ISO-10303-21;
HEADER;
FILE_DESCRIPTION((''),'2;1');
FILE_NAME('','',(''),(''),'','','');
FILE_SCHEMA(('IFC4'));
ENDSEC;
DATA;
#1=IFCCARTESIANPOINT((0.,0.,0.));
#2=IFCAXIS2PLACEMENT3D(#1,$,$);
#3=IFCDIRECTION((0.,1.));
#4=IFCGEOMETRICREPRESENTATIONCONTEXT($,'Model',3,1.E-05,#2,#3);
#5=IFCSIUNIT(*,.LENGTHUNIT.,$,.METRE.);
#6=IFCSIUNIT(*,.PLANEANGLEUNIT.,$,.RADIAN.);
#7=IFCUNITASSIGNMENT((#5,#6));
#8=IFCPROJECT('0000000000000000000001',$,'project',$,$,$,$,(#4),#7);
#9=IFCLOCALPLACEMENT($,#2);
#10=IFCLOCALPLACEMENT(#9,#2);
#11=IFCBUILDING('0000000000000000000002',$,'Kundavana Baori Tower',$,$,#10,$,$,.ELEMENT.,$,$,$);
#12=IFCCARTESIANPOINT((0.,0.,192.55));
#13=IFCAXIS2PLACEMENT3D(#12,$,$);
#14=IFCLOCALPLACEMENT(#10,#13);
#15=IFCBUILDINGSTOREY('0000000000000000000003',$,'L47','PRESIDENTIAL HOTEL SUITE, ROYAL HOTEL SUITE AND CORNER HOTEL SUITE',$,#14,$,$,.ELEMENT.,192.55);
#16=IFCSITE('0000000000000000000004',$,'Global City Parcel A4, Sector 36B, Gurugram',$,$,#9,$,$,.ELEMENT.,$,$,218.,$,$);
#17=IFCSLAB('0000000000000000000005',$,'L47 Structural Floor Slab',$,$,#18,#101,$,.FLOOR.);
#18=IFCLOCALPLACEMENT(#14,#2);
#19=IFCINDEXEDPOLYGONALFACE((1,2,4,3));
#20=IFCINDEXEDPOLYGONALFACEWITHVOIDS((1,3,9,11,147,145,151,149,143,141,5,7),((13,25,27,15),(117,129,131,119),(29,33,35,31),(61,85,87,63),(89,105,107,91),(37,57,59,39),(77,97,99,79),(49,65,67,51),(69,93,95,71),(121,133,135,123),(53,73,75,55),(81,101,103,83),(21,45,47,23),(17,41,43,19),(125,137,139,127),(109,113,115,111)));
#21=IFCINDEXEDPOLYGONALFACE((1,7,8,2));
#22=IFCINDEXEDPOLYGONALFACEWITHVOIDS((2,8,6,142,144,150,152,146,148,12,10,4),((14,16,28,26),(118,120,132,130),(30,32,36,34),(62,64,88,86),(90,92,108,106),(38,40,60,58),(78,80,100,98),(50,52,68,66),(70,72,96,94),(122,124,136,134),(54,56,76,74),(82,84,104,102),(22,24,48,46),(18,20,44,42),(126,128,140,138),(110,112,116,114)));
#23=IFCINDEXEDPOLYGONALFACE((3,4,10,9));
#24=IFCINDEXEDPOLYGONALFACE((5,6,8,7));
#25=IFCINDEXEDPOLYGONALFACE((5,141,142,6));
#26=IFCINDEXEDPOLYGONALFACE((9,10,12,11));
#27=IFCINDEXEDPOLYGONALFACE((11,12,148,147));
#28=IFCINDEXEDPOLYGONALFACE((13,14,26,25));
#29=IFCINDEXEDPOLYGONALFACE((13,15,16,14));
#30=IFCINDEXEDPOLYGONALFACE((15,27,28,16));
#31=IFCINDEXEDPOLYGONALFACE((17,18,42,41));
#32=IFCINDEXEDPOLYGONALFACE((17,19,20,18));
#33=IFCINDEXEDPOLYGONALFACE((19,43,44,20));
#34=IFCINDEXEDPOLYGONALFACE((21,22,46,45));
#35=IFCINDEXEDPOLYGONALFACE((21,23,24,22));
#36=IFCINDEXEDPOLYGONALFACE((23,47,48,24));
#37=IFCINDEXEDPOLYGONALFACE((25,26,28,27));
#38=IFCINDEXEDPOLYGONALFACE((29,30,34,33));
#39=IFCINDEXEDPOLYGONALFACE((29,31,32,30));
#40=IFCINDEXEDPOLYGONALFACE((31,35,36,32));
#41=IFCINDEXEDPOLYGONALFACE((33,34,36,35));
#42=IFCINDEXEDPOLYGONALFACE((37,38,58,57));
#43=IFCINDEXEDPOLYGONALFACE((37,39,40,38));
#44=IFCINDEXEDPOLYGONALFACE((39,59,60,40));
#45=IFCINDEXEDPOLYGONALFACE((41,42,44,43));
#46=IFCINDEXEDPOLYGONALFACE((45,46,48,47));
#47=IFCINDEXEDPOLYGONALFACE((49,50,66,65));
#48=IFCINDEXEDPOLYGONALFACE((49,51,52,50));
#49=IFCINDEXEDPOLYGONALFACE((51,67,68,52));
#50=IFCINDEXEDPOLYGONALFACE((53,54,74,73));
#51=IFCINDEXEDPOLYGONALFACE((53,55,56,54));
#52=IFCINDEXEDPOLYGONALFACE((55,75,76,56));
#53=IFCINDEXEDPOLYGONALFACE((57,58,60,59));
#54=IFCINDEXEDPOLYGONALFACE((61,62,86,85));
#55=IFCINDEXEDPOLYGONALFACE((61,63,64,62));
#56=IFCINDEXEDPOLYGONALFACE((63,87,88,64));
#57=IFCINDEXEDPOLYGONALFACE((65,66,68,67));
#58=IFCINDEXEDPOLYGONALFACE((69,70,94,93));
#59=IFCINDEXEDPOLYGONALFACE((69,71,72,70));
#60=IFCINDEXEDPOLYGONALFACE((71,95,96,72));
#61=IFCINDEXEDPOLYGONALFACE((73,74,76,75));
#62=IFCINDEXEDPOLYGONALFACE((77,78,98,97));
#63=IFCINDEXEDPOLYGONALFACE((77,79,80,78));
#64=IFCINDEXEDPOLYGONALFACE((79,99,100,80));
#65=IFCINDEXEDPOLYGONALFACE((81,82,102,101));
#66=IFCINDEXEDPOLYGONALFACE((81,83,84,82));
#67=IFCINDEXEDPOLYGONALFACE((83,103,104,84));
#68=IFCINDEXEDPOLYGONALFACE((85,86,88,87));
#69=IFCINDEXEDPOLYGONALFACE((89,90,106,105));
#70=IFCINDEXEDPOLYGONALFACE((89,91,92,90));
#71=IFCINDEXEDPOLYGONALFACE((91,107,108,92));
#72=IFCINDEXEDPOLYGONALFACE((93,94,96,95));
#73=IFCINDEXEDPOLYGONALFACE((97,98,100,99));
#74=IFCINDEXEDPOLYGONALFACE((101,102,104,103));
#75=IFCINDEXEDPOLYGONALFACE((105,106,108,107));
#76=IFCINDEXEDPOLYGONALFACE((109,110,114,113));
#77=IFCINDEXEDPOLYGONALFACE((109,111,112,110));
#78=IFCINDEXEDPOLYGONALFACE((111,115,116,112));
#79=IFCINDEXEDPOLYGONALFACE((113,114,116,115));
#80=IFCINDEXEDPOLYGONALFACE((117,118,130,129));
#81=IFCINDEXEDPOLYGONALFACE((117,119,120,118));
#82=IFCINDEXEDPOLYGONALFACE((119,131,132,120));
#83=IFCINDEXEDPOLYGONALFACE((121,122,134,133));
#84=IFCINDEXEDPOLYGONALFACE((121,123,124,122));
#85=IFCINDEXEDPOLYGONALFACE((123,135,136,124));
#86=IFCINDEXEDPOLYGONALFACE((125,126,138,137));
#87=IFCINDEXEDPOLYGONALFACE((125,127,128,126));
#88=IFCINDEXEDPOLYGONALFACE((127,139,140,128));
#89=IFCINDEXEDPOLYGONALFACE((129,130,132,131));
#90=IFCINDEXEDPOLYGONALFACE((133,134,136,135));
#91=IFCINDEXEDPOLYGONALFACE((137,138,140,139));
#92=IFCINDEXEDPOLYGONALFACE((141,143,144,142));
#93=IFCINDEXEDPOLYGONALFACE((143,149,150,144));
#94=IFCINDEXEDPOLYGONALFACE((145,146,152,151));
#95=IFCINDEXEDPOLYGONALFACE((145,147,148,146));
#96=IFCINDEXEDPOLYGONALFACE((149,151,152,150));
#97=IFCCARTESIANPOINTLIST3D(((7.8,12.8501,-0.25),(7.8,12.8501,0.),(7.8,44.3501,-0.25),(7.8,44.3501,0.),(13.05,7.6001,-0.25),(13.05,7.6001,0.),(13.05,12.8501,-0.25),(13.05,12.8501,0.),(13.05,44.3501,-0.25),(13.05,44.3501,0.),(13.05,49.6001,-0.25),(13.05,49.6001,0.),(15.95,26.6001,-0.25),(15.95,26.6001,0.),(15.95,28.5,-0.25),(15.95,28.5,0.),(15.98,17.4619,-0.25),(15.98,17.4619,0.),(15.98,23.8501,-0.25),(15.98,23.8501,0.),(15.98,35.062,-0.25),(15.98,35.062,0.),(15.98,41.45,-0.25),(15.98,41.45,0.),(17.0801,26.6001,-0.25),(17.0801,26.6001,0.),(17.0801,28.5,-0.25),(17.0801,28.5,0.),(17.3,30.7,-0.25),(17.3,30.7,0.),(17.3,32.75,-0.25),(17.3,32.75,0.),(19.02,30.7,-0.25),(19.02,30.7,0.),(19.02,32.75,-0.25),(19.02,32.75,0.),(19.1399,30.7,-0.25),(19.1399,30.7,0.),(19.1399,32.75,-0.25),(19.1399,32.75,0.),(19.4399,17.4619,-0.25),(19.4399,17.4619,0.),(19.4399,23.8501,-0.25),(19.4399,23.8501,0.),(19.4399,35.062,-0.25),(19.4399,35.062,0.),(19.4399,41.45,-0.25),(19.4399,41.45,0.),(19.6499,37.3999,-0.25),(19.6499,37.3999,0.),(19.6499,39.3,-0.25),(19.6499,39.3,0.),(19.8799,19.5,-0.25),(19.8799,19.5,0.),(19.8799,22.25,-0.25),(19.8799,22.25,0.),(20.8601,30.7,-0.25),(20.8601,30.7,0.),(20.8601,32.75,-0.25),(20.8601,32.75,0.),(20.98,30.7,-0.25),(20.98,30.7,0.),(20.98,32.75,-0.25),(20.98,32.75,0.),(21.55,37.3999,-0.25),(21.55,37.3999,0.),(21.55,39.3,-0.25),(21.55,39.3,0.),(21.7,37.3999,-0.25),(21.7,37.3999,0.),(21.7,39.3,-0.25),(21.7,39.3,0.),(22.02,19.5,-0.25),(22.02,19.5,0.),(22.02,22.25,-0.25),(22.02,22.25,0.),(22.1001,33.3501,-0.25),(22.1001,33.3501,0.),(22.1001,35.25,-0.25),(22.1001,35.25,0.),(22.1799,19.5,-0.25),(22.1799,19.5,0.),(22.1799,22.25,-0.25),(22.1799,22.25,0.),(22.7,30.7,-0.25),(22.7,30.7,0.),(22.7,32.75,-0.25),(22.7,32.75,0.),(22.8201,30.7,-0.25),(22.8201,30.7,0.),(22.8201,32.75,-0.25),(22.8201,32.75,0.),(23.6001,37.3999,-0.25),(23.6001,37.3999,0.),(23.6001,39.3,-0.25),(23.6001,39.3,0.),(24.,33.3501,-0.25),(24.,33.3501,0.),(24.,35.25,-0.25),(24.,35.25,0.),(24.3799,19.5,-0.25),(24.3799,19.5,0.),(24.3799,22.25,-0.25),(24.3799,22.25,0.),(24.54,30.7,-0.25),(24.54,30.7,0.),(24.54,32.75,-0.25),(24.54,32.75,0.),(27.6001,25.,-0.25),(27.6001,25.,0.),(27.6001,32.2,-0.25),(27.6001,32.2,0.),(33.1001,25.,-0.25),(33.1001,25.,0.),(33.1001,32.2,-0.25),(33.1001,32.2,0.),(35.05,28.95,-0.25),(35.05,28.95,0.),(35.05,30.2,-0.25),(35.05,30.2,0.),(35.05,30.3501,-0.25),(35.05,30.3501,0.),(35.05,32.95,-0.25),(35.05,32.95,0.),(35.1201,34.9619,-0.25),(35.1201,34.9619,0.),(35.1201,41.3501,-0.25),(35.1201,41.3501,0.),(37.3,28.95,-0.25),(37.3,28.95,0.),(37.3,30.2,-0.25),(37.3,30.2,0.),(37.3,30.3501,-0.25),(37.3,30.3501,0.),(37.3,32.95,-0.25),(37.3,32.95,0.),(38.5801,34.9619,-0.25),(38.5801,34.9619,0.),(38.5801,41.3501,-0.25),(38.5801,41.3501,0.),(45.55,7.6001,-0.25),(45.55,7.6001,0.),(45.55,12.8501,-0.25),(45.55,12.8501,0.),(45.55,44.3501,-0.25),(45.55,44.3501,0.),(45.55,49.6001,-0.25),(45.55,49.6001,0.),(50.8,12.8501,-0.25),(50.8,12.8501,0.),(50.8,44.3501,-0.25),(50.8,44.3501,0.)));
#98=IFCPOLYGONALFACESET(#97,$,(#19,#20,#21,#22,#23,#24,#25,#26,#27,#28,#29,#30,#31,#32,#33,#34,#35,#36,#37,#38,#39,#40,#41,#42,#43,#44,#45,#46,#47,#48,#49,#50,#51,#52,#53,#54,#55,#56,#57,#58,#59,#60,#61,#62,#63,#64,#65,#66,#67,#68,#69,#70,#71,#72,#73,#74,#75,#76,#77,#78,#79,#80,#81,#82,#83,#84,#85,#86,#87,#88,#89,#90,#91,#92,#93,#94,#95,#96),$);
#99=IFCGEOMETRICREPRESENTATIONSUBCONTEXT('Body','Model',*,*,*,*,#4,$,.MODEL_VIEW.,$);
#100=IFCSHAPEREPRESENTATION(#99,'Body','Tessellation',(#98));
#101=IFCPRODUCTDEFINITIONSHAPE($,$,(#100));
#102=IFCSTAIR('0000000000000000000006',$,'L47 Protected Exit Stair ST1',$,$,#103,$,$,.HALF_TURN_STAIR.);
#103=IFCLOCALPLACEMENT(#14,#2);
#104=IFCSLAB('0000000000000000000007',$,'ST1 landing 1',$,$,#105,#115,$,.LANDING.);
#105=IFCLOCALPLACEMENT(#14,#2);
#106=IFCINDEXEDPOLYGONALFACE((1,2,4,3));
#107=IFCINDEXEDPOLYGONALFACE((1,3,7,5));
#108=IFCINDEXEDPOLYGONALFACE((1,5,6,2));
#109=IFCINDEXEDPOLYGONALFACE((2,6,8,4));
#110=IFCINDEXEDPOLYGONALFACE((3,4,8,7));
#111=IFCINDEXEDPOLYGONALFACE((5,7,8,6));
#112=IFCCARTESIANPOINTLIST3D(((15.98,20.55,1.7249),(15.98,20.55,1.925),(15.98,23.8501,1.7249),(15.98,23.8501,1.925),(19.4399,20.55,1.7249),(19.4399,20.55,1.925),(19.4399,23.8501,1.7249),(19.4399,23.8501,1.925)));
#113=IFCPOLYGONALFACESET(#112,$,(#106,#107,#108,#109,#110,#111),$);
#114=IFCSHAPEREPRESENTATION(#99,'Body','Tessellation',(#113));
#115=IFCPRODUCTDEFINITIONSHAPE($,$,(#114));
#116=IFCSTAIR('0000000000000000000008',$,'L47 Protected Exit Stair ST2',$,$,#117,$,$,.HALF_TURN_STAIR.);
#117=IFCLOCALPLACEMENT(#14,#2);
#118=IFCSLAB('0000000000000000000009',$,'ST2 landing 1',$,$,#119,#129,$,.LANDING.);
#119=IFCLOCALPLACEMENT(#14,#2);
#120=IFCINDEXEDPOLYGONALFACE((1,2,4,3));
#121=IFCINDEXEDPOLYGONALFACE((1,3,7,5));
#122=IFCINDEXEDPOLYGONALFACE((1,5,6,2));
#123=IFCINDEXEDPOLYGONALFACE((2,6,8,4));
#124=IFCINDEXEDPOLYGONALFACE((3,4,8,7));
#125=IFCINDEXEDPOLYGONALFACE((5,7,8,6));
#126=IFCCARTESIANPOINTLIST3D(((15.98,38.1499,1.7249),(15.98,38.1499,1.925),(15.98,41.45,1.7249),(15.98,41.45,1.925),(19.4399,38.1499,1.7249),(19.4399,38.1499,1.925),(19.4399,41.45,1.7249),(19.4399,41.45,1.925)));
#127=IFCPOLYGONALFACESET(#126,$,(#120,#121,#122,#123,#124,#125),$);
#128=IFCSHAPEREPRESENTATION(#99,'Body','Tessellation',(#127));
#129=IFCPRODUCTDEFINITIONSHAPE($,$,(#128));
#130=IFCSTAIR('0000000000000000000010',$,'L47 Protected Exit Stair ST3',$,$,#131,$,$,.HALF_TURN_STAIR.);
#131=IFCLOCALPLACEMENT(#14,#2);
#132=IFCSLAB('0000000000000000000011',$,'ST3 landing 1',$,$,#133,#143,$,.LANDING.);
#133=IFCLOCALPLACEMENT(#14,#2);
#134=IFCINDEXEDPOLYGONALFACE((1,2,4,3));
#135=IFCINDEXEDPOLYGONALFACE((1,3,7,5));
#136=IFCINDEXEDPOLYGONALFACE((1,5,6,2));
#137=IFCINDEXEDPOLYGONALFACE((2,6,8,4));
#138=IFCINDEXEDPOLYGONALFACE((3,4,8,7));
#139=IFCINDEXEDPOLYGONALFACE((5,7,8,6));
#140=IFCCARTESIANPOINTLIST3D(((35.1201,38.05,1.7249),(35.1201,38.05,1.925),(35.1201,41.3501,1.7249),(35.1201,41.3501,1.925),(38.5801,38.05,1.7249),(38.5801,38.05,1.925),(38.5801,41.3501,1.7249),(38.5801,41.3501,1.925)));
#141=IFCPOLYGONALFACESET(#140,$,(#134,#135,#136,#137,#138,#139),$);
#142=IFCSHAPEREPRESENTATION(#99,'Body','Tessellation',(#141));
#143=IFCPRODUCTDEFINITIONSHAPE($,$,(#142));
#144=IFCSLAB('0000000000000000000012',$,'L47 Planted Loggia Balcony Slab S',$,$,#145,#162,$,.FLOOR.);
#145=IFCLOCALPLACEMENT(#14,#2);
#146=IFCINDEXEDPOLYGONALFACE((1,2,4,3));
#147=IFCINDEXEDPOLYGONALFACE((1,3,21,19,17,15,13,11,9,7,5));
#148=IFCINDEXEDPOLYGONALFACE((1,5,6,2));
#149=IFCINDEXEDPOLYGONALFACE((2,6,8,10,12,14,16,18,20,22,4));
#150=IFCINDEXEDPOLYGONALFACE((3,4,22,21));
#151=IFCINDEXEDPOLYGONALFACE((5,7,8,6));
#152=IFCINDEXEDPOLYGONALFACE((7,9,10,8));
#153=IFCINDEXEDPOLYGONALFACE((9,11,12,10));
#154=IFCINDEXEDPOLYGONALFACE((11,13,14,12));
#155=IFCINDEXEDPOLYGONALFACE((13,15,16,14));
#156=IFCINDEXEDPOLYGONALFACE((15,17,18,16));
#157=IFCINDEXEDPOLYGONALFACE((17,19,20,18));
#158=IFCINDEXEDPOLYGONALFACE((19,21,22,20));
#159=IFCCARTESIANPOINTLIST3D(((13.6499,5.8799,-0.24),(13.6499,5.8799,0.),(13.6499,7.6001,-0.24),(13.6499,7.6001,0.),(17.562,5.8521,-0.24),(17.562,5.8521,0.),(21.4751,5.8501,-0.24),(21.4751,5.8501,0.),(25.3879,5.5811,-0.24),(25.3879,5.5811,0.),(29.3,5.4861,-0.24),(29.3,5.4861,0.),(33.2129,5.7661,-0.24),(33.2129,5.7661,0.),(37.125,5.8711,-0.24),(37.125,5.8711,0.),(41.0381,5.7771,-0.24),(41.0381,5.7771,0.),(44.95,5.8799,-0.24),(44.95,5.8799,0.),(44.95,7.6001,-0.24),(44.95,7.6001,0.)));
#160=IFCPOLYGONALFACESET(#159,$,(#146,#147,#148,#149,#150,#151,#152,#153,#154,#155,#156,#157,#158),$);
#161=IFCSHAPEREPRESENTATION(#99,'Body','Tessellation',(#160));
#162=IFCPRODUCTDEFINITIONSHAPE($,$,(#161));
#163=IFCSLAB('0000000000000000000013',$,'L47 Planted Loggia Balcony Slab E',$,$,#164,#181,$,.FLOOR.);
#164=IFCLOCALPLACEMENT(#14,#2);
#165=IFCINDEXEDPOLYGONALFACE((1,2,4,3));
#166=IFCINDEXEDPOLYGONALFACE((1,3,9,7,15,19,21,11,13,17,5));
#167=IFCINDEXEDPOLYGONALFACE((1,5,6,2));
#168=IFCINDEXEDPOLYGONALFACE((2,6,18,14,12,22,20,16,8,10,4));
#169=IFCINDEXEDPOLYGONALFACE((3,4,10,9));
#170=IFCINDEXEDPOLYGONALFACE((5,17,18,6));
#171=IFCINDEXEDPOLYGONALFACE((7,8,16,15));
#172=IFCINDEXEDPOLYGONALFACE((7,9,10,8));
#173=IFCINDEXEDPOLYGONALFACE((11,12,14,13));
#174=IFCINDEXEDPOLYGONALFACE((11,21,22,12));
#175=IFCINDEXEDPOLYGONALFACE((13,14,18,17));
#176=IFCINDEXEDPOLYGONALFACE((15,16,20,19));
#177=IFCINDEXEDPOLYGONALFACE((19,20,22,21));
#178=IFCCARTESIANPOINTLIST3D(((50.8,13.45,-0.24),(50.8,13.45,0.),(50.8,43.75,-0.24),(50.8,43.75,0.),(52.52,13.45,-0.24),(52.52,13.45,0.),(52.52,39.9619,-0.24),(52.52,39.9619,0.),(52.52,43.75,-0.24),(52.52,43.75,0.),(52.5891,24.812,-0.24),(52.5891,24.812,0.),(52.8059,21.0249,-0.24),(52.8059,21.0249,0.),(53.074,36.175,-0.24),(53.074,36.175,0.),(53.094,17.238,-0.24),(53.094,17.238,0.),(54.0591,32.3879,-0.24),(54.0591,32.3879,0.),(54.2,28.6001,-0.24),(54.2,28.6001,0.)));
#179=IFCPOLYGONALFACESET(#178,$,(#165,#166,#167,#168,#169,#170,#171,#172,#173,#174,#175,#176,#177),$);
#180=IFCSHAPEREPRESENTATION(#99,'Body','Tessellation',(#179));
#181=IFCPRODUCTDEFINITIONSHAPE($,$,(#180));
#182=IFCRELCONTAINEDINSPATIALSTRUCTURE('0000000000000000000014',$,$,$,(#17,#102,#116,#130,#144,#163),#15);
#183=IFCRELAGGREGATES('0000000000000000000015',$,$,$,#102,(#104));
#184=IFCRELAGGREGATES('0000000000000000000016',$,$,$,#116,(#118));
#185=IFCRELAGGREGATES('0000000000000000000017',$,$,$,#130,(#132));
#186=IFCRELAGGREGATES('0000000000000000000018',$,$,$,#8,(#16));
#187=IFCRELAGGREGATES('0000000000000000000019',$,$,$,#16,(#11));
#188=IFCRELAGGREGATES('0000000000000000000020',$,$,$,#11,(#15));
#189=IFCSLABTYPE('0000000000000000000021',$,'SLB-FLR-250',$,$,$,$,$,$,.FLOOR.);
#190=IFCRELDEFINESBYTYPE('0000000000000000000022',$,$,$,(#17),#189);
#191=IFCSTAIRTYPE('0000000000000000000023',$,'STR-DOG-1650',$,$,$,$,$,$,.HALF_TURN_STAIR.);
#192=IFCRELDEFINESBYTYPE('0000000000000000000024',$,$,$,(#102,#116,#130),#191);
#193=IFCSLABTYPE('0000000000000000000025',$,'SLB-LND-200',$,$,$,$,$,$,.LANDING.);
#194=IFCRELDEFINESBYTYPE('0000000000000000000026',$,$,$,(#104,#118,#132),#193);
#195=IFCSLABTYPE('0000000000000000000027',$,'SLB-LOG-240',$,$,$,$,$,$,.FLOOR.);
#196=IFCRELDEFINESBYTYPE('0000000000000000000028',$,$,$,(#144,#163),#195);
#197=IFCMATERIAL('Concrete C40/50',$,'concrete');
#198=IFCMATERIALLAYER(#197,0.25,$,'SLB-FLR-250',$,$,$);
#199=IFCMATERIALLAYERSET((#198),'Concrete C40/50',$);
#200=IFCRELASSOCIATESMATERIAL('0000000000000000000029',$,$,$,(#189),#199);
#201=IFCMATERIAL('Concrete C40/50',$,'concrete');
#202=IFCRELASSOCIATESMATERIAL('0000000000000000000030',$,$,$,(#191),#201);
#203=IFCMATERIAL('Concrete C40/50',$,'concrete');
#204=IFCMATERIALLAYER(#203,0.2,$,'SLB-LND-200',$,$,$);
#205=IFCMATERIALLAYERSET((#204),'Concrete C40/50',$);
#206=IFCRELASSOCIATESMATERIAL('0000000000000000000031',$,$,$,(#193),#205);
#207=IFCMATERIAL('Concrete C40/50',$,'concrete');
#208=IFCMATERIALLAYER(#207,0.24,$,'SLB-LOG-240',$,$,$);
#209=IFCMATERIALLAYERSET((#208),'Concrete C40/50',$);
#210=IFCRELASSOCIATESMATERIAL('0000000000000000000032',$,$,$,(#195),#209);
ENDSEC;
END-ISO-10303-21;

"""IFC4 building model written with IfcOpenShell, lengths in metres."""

from ifc_helpers import new_model, si_unit, direction, frame, origin, place, context, subcontext, project, spatial, polyline, outline, extrude, material, layer, layer_set, type_object, element, aggregate, save


model = new_model("IFC4")

# Units and contexts
model_context = context("Model", 3, precision=1e-05, world=origin(), true_north=direction((0.0, 1.0)))
body_context = subcontext(model_context, "Body", "Model", "MODEL_VIEW")
ifc_project = project(units=[si_unit("LENGTHUNIT", "METRE"), si_unit("PLANEANGLEUNIT", "RADIAN")], contexts=[model_context])

# Site, building, storey
site_placement = place(None, origin())
site = spatial("IfcSite", under=ifc_project, at=site_placement, Name="Global City Parcel A4, Sector 36B, Gurugram", CompositionType="ELEMENT", RefElevation=218.0)
building_placement = place(site_placement, origin())
building = spatial("IfcBuilding", under=site, at=building_placement, Name="Kundavana Baori Tower", CompositionType="ELEMENT")
storey_placement = place(building_placement, frame((0.0, 0.0, 192.55)))
storey = spatial("IfcBuildingStorey", under=building, at=storey_placement, Name="L47", Description="PRESIDENTIAL HOTEL SUITE, ROYAL HOTEL SUITE AND CORNER HOTEL SUITE", CompositionType="ELEMENT", Elevation=192.55)

# Slab
ifc_material_1 = material(Name="Concrete C40/50", Category="concrete")
ifc_layer_1 = layer(ifc_material_1, 0.25, Name="SLB-FLR-250")
ifc_layer_set_1 = layer_set([ifc_layer_1], Name="Concrete C40/50")
slab_type_1 = type_object("IfcSlabType", Name="SLB-FLR-250", PredefinedType="FLOOR", material=ifc_layer_set_1)
slab_1_placement = place(storey_placement, frame((0.0, 0.0, -0.25)))
element("IfcSlab", 1, at=slab_1_placement, inside=storey, type_object=slab_type_1, Name="L47 Structural Floor Slab", PredefinedType="FLOOR", context=body_context, shape_type="SweptSolid", body=[
    extrude(outline(polyline([(13.05, 7.6001), (45.55, 7.6001), (45.55, 12.8501), (50.8, 12.8501), (50.8, 44.3501), (45.55, 44.3501), (45.55, 49.6001), (13.05, 49.6001), (13.05, 44.3501), (7.8, 44.3501), (7.8, 12.8501), (13.05, 12.8501), (13.05, 7.6001)]), holes=[polyline([(19.4399, 17.4619), (19.4399, 23.8501), (15.98, 23.8501), (15.98, 17.4619), (19.4399, 17.4619)]), polyline([(19.4399, 35.062), (19.4399, 41.45), (15.98, 41.45), (15.98, 35.062), (19.4399, 35.062)]), polyline([(38.5801, 34.9619), (38.5801, 41.3501), (35.1201, 41.3501), (35.1201, 34.9619), (38.5801, 34.9619)]), polyline([(17.3, 30.7), (19.02, 30.7), (19.02, 32.75), (17.3, 32.75), (17.3, 30.7)]), polyline([(19.1399, 30.7), (20.8601, 30.7), (20.8601, 32.75), (19.1399, 32.75), (19.1399, 30.7)]), polyline([(20.98, 30.7), (22.7, 30.7), (22.7, 32.75), (20.98, 32.75), (20.98, 30.7)]), polyline([(22.8201, 30.7), (24.54, 30.7), (24.54, 32.75), (22.8201, 32.75), (22.8201, 30.7)]), polyline([(19.6499, 37.3999), (21.55, 37.3999), (21.55, 39.3), (19.6499, 39.3), (19.6499, 37.3999)]), polyline([(21.7, 37.3999), (23.6001, 37.3999), (23.6001, 39.3), (21.7, 39.3), (21.7, 37.3999)]), polyline([(22.1001, 33.3501), (24.0, 33.3501), (24.0, 35.25), (22.1001, 35.25), (22.1001, 33.3501)]), polyline([(19.8799, 19.5), (22.02, 19.5), (22.02, 22.25), (19.8799, 22.25), (19.8799, 19.5)]), polyline([(22.1799, 19.5), (24.3799, 19.5), (24.3799, 22.25), (22.1799, 22.25), (22.1799, 19.5)]), polyline([(35.05, 30.3501), (37.3, 30.3501), (37.3, 32.95), (35.05, 32.95), (35.05, 30.3501)]), polyline([(15.95, 26.6001), (17.0801, 26.6001), (17.0801, 28.5), (15.95, 28.5), (15.95, 26.6001)]), polyline([(35.05, 28.95), (37.3, 28.95), (37.3, 30.2), (35.05, 30.2), (35.05, 28.95)]), polyline([(27.6001, 25.0), (33.1001, 25.0), (33.1001, 32.2), (27.6001, 32.2), (27.6001, 25.0)])]), origin(), (0.0, 0.0, 1.0), 0.25),
])

# Stairs, slabs
ifc_material_2 = material(Name="Concrete C40/50", Category="concrete")
stair_type = type_object("IfcStairType", Name="STR-DOG-1650", PredefinedType="HALF_TURN_STAIR", material=ifc_material_2)
stair_1_placement = place(storey_placement, origin())
stair_1 = element("IfcStair", 2, at=stair_1_placement, inside=storey, type_object=stair_type, Name="L47 Protected Exit Stair ST1", PredefinedType="HALF_TURN_STAIR")
ifc_material_3 = material(Name="Concrete C40/50", Category="concrete")
ifc_layer_2 = layer(ifc_material_3, 0.2, Name="SLB-LND-200")
ifc_layer_set_2 = layer_set([ifc_layer_2], Name="Concrete C40/50")
slab_type_2 = type_object("IfcSlabType", Name="SLB-LND-200", PredefinedType="LANDING", material=ifc_layer_set_2)
slab_2_placement = place(storey_placement, frame((0.0, 0.0, 1.7249)))
slab_2 = element("IfcSlab", 3, at=slab_2_placement, type_object=slab_type_2, Name="ST1 landing 1", PredefinedType="LANDING", context=body_context, shape_type="SweptSolid", body=[
    extrude(outline(polyline([(19.4399, 20.55), (19.4399, 23.8501), (15.98, 23.8501), (15.98, 20.55), (19.4399, 20.55)])), origin(), (0.0, 0.0, 1.0), 0.2002),
])
aggregate(stair_1, [slab_2])
stair_2_placement = place(storey_placement, origin())
stair_2 = element("IfcStair", 4, at=stair_2_placement, inside=storey, type_object=stair_type, Name="L47 Protected Exit Stair ST2", PredefinedType="HALF_TURN_STAIR")
slab_3_placement = place(storey_placement, frame((0.0, 0.0, 1.7249)))
slab_3 = element("IfcSlab", 5, at=slab_3_placement, type_object=slab_type_2, Name="ST2 landing 1", PredefinedType="LANDING", context=body_context, shape_type="SweptSolid", body=[
    extrude(outline(polyline([(19.4399, 38.1499), (19.4399, 41.45), (15.98, 41.45), (15.98, 38.1499), (19.4399, 38.1499)])), origin(), (0.0, 0.0, 1.0), 0.2002),
])
aggregate(stair_2, [slab_3])
stair_3_placement = place(storey_placement, origin())
stair_3 = element("IfcStair", 6, at=stair_3_placement, inside=storey, type_object=stair_type, Name="L47 Protected Exit Stair ST3", PredefinedType="HALF_TURN_STAIR")
slab_4_placement = place(storey_placement, frame((0.0, 0.0, 1.7249)))
slab_4 = element("IfcSlab", 7, at=slab_4_placement, type_object=slab_type_2, Name="ST3 landing 1", PredefinedType="LANDING", context=body_context, shape_type="SweptSolid", body=[
    extrude(outline(polyline([(38.5801, 38.05), (38.5801, 41.3501), (35.1201, 41.3501), (35.1201, 38.05), (38.5801, 38.05)])), origin(), (0.0, 0.0, 1.0), 0.2002),
])
aggregate(stair_3, [slab_4])

# Slabs
ifc_material_4 = material(Name="Concrete C40/50", Category="concrete")
ifc_layer_3 = layer(ifc_material_4, 0.24, Name="SLB-LOG-240")
ifc_layer_set_3 = layer_set([ifc_layer_3], Name="Concrete C40/50")
slab_type_3 = type_object("IfcSlabType", Name="SLB-LOG-240", PredefinedType="FLOOR", material=ifc_layer_set_3)
slab_5_placement = place(storey_placement, frame((0.0, 0.0, -0.24)))
element("IfcSlab", 8, at=slab_5_placement, inside=storey, type_object=slab_type_3, Name="L47 Planted Loggia Balcony Slab S", PredefinedType="FLOOR", context=body_context, shape_type="SweptSolid", body=[
    extrude(outline(polyline([(13.6499, 7.6001), (44.95, 7.6001), (44.95, 5.8799), (41.0381, 5.7771), (37.125, 5.8711), (33.2129, 5.7661), (29.3, 5.4861), (25.3879, 5.5811), (21.4751, 5.8501), (17.562, 5.8521), (13.6499, 5.8799), (13.6499, 7.6001)])), origin(), (0.0, 0.0, 1.0), 0.24),
])
slab_6_placement = place(storey_placement, frame((0.0, 0.0, -0.24)))
element("IfcSlab", 9, at=slab_6_placement, inside=storey, type_object=slab_type_3, Name="L47 Planted Loggia Balcony Slab E", PredefinedType="FLOOR", context=body_context, shape_type="SweptSolid", body=[
    extrude(outline(polyline([(50.8, 13.45), (50.8, 43.75), (52.52, 43.75), (52.52, 39.9619), (53.074, 36.175), (54.0591, 32.3879), (54.2, 28.6001), (52.5891, 24.812), (52.8059, 21.0249), (53.094, 17.238), (52.52, 13.45), (50.8, 13.45)])), origin(), (0.0, 0.0, 1.0), 0.24),
])

save(model, "model.ifc")
